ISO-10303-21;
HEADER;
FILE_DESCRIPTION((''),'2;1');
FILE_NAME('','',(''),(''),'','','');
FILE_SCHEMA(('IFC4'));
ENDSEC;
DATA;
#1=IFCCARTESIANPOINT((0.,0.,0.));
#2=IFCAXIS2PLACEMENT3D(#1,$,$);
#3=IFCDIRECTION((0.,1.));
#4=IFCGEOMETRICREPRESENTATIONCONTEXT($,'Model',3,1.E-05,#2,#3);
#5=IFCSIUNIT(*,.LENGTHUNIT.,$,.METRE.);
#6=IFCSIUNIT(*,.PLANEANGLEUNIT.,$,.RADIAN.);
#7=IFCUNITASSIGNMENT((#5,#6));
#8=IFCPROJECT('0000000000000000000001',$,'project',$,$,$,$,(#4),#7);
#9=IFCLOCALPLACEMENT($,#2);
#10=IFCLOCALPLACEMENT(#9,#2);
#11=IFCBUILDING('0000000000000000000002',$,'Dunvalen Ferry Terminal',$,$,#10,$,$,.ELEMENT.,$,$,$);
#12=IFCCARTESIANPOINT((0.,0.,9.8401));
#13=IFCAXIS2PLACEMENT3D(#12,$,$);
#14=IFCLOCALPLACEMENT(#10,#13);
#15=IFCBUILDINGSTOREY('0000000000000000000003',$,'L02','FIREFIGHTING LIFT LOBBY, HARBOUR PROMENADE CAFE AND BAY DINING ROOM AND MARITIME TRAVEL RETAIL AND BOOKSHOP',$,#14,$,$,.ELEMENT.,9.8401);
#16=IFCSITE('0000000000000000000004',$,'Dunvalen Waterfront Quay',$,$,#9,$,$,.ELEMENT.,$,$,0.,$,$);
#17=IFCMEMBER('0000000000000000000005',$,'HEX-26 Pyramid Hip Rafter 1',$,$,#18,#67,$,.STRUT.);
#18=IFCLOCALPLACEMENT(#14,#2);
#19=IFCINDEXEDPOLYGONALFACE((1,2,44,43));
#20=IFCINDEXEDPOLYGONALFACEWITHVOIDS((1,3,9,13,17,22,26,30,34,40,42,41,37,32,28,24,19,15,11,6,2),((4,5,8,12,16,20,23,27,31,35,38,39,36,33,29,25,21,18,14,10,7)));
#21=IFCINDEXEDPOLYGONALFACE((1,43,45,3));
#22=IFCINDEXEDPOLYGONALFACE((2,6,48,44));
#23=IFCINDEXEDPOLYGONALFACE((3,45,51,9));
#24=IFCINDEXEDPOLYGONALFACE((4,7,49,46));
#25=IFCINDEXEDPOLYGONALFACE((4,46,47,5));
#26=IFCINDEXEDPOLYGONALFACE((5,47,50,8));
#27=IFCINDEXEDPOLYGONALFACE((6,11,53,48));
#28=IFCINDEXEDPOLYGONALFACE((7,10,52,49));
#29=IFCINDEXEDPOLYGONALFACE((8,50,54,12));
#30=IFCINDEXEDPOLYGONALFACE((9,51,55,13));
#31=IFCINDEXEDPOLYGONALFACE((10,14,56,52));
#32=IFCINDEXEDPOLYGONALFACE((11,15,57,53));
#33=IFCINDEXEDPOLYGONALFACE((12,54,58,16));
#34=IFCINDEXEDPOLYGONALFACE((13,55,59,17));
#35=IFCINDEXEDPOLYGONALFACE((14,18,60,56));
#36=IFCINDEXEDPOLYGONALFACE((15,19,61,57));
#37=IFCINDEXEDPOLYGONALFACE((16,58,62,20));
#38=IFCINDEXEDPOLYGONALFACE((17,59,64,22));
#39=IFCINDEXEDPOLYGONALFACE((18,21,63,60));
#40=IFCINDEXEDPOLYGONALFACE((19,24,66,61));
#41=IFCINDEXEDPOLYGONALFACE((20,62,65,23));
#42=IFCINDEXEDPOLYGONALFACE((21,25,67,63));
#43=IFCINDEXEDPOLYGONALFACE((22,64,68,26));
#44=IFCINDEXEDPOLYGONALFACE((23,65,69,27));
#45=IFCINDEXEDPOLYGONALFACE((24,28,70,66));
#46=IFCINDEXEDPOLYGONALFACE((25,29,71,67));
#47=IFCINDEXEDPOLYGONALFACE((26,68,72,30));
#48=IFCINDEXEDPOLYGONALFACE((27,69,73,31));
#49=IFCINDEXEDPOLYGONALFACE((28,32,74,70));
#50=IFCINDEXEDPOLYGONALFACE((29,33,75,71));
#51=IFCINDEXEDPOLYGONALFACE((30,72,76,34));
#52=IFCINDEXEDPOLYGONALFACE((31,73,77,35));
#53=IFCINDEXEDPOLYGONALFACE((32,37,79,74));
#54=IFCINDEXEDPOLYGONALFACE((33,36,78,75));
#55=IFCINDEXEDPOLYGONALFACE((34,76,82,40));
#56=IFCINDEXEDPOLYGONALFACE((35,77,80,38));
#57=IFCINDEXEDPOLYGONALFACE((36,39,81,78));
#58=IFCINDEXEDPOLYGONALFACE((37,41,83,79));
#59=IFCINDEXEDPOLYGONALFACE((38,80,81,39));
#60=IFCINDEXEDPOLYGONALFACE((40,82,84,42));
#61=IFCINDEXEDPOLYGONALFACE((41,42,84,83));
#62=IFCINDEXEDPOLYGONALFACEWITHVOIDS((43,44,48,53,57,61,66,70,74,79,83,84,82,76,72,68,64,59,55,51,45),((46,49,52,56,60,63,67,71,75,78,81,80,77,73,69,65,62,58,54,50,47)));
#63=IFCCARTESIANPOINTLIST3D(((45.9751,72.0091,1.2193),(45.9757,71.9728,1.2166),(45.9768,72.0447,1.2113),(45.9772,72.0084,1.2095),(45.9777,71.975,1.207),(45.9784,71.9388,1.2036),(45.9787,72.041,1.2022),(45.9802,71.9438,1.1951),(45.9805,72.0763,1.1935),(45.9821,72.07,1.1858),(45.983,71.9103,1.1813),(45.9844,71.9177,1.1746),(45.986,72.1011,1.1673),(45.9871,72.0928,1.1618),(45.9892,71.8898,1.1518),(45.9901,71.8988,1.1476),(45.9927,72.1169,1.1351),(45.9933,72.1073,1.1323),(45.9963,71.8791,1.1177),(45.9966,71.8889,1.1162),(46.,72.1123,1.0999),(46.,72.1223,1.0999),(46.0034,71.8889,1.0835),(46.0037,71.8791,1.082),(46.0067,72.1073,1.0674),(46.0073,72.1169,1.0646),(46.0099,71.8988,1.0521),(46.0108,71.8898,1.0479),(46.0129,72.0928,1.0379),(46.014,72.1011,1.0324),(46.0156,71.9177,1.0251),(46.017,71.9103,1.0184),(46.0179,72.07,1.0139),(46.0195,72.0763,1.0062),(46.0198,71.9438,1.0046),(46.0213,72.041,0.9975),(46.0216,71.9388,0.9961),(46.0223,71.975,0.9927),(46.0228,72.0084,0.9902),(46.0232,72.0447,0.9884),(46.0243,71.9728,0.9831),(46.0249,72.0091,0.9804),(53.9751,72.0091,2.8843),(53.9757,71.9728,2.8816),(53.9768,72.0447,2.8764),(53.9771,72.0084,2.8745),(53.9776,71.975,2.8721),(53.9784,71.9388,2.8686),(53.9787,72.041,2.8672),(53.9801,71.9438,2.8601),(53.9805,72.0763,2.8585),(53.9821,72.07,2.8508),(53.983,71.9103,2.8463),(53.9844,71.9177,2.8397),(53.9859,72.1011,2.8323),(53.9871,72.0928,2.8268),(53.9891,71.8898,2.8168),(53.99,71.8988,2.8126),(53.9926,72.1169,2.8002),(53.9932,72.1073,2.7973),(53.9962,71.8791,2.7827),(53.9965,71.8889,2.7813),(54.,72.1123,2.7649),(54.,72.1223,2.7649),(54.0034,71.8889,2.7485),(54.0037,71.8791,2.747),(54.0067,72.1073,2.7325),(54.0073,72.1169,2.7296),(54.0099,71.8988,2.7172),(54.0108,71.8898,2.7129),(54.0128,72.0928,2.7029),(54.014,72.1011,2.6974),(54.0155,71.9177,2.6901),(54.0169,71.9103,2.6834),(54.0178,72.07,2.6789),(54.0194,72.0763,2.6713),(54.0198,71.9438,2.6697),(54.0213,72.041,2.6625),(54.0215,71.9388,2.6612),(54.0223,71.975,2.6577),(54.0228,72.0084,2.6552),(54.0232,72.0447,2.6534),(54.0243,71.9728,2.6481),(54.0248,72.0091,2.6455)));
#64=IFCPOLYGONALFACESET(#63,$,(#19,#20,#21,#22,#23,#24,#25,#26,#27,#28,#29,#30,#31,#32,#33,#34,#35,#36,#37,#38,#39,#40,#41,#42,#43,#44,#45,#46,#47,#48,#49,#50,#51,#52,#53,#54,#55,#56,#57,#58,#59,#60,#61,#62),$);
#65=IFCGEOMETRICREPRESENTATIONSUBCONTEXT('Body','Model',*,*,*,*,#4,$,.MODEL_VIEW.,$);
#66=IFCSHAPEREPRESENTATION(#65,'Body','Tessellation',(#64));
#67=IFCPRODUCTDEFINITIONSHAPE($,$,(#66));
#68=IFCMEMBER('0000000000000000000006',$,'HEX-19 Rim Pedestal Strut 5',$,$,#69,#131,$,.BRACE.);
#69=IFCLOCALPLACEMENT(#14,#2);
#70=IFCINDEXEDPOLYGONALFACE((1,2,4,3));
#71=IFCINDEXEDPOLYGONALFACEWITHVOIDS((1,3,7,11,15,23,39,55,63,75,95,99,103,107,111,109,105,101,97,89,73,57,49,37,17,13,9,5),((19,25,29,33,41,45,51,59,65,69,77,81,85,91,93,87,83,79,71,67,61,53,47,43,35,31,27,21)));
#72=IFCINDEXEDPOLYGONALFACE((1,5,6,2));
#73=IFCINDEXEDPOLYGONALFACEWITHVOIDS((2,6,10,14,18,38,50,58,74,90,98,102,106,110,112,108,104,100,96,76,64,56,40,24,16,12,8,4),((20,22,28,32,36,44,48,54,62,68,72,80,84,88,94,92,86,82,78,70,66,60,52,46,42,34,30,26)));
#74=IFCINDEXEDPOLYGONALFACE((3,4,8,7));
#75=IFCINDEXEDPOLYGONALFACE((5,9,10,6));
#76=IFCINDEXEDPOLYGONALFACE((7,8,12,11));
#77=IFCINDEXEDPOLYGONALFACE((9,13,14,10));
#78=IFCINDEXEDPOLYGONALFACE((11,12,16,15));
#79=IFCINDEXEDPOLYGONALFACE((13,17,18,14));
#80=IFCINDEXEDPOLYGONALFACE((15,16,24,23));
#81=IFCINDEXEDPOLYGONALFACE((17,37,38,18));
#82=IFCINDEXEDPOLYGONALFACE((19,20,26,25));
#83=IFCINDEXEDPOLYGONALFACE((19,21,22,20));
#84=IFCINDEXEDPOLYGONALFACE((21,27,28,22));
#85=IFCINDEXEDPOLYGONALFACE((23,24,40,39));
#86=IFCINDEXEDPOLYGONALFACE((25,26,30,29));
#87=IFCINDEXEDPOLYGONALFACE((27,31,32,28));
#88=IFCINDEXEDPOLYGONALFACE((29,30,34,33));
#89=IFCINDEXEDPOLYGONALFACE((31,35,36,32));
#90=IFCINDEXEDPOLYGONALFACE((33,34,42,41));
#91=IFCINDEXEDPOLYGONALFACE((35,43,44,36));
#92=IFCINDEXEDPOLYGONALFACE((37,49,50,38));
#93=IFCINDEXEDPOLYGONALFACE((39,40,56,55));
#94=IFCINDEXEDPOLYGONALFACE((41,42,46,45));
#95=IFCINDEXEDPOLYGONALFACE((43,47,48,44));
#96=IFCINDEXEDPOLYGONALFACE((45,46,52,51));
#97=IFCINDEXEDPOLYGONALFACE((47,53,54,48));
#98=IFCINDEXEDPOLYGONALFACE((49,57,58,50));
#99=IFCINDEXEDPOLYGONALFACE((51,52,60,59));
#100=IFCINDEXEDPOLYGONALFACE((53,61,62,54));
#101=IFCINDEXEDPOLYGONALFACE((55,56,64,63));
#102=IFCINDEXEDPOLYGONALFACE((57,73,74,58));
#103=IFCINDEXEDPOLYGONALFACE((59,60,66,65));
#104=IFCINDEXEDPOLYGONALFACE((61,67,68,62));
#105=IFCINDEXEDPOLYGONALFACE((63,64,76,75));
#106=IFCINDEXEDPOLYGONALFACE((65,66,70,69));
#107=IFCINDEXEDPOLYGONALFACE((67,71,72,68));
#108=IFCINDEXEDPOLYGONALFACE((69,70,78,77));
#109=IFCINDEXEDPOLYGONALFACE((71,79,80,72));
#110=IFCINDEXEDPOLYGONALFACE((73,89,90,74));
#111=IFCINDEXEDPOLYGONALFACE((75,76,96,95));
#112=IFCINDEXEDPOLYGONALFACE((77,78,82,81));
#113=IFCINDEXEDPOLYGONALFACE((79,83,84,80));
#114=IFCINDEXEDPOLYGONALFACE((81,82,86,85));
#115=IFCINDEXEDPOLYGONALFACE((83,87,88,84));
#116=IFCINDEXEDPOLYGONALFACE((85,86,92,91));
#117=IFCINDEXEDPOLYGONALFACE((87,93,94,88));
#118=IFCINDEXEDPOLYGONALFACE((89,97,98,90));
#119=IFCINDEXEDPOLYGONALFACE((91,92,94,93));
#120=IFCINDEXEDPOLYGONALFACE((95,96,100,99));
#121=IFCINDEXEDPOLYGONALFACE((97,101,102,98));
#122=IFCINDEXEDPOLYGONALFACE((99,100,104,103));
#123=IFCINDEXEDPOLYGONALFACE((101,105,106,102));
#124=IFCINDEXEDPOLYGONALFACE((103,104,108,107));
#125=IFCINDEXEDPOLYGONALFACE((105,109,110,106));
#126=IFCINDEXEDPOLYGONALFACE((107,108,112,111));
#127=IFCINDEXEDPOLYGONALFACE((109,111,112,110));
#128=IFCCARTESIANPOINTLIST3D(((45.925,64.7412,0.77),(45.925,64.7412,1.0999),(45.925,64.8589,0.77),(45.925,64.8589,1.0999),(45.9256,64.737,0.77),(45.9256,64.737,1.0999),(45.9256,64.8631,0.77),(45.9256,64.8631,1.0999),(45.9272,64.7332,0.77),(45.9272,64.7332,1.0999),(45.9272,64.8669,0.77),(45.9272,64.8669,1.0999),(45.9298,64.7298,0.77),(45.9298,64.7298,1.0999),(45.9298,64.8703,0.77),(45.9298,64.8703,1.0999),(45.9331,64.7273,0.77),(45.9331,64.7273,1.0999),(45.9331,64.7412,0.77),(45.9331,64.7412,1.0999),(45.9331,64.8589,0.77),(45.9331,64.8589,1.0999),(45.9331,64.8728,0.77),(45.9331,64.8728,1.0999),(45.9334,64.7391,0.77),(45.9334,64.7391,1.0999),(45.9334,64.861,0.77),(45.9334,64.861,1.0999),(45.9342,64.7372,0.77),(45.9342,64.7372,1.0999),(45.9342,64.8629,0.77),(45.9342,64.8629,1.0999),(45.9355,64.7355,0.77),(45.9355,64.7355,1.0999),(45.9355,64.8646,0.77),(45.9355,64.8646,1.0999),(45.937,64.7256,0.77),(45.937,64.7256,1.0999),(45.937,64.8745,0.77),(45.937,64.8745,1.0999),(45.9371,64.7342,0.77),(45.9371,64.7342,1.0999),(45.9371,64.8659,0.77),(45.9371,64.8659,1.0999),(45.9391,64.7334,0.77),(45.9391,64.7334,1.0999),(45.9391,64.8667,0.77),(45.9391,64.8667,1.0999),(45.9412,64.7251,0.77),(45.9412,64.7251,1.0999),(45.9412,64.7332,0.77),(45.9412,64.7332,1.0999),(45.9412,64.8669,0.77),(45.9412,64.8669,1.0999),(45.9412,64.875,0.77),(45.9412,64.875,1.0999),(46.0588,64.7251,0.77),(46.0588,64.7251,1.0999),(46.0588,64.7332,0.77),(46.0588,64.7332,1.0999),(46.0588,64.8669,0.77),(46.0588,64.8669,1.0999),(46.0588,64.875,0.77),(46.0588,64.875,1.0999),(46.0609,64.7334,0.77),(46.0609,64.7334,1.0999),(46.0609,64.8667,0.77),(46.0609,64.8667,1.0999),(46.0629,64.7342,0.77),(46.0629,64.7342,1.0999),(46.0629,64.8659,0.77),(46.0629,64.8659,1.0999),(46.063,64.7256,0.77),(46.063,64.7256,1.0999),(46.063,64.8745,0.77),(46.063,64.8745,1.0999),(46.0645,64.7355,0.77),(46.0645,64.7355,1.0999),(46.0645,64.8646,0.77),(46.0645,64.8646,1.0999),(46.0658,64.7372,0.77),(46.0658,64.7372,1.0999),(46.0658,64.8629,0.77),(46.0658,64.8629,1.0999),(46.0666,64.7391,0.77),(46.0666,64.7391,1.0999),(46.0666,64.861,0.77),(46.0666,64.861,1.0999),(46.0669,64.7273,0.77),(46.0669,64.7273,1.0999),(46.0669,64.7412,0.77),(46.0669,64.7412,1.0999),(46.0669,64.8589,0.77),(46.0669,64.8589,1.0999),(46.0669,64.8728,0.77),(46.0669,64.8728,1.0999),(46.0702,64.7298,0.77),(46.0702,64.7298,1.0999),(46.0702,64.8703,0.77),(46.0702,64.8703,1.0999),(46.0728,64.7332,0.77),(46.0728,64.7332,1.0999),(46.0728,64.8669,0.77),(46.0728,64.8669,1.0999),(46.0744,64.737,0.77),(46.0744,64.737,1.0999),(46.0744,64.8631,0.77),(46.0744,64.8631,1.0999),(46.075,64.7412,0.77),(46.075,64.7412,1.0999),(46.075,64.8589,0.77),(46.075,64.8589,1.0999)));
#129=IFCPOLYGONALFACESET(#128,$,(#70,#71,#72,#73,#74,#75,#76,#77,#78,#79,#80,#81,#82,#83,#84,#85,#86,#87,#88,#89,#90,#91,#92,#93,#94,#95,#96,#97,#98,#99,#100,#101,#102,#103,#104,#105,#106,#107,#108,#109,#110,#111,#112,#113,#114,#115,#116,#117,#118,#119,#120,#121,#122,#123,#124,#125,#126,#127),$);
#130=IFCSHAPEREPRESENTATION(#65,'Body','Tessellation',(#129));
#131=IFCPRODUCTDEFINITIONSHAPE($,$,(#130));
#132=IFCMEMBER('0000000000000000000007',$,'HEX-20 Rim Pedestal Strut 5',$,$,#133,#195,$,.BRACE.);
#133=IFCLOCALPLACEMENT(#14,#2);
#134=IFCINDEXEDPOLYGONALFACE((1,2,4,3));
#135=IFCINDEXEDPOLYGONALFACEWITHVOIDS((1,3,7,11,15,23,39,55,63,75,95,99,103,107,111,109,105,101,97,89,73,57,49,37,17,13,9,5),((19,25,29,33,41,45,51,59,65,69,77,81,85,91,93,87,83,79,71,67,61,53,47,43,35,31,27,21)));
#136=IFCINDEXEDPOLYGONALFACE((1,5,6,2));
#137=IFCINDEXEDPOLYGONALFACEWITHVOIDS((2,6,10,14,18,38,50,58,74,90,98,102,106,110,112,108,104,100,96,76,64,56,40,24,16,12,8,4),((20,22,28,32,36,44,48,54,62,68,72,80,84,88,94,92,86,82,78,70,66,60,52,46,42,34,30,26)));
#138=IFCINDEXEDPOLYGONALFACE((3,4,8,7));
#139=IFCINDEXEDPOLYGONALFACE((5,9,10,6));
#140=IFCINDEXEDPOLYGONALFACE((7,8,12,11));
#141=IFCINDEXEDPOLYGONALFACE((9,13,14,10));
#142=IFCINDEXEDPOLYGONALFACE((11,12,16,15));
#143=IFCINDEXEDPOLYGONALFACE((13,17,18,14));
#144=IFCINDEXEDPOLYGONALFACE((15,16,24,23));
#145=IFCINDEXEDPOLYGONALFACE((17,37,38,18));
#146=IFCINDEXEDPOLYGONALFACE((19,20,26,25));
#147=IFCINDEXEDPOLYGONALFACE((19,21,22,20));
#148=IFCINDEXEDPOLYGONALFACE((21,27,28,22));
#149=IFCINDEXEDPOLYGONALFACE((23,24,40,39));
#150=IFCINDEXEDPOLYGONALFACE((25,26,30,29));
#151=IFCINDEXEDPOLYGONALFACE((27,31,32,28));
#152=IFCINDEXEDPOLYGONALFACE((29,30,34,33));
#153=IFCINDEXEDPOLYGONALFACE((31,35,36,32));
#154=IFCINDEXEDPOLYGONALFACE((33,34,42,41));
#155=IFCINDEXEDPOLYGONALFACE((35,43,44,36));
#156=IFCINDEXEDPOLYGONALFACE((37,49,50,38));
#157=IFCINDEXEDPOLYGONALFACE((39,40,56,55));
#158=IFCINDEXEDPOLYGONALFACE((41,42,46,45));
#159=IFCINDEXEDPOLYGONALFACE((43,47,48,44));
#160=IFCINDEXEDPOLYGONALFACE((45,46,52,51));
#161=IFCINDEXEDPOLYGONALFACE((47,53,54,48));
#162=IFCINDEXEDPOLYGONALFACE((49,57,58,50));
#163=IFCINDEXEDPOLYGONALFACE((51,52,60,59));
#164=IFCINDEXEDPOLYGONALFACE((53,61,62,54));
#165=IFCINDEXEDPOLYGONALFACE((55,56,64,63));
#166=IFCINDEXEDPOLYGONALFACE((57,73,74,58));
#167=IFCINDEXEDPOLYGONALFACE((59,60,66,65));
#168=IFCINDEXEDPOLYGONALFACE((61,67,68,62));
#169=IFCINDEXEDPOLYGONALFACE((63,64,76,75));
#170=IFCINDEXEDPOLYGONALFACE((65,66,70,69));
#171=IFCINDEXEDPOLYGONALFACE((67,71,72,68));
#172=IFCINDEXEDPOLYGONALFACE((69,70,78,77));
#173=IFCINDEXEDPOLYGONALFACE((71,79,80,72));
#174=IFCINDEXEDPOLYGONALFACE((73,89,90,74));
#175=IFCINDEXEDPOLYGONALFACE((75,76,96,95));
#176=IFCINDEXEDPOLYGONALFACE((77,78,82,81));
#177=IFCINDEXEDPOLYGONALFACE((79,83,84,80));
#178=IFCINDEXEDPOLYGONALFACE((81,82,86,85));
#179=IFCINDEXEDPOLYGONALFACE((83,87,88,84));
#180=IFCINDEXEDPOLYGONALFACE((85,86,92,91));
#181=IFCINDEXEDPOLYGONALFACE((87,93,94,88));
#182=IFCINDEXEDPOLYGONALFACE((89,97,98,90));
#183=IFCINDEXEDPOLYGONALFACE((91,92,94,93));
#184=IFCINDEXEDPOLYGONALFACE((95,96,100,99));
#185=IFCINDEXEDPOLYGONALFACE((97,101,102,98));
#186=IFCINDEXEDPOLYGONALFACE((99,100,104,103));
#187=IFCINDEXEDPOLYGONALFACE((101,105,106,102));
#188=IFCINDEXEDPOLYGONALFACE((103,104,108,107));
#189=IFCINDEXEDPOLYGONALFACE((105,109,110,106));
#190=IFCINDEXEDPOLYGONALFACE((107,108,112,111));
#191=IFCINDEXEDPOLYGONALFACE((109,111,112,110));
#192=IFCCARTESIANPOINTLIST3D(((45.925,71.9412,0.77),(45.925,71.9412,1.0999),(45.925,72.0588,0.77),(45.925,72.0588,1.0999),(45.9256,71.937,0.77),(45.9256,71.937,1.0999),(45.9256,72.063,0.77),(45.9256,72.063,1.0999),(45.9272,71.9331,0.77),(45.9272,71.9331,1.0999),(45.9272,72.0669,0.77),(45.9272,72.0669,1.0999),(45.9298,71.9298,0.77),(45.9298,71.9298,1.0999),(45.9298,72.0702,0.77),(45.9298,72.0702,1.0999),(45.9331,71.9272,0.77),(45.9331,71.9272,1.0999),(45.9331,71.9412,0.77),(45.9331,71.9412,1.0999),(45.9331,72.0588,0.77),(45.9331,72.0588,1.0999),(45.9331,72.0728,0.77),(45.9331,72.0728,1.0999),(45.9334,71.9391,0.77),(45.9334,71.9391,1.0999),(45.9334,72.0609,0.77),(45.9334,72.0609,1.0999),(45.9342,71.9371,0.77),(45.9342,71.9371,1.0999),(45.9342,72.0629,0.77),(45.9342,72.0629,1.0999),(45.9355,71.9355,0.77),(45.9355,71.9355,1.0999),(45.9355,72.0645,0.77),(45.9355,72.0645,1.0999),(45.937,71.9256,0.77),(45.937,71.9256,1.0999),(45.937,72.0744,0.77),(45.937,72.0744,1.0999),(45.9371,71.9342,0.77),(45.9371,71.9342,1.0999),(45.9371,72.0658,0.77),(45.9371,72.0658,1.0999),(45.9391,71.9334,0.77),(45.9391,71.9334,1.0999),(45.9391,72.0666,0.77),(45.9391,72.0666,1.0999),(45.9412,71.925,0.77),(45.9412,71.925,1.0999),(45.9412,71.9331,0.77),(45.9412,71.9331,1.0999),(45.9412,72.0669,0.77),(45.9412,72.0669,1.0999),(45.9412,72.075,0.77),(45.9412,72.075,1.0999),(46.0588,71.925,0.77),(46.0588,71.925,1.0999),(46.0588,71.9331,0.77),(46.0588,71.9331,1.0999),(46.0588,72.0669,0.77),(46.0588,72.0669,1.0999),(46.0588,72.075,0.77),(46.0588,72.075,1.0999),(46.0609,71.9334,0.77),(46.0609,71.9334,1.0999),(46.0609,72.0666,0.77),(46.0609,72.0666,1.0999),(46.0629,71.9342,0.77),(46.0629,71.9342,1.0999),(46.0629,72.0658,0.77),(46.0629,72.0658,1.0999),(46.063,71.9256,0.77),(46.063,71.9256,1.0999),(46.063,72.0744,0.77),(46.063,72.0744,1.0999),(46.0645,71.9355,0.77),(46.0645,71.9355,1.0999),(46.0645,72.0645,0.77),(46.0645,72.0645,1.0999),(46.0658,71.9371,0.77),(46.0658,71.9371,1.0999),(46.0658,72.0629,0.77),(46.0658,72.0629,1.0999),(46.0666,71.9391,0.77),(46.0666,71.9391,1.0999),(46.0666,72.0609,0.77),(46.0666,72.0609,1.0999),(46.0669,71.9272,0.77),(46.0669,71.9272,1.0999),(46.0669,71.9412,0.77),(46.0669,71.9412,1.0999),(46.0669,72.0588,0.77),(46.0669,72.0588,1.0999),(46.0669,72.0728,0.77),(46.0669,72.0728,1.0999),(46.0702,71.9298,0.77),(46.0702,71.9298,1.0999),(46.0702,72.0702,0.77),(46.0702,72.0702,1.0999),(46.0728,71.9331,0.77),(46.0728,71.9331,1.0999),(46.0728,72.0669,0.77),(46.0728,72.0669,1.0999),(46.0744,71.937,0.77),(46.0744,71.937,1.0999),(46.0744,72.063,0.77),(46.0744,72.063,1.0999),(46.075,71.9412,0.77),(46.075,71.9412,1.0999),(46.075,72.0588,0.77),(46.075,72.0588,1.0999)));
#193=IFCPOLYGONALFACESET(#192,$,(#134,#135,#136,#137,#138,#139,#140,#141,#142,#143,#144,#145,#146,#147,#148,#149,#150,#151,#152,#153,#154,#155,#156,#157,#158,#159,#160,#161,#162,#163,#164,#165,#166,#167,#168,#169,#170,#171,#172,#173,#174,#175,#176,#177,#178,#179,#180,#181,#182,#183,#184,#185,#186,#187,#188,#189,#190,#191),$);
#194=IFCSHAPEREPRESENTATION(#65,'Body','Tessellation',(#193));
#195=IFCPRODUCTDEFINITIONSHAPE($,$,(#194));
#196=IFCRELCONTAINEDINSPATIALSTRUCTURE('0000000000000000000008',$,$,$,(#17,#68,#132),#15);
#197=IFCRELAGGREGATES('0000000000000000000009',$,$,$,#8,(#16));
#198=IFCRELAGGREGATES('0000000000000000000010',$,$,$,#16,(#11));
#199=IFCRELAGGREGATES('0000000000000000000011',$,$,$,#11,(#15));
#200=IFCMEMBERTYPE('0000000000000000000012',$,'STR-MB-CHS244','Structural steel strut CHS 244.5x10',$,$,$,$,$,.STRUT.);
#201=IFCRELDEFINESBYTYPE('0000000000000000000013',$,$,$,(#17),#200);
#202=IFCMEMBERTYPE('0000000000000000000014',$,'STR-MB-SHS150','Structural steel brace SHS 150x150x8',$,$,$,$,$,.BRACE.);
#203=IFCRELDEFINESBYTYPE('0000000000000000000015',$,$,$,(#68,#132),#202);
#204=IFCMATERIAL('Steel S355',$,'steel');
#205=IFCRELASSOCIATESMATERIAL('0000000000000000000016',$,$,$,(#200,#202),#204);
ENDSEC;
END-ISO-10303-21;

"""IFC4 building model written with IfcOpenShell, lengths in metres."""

from ifc_helpers import new_model, si_unit, direction, frame, origin, origin_2d, place, context, subcontext, project, spatial, hollow_rectangle, hollow_circle, extrude, material, material_profile, profile_set, type_object, element, save


model = new_model("IFC4")

# Units and contexts
model_context = context("Model", 3, precision=1e-05, world=origin(), true_north=direction((0.0, 1.0)))
body_context = subcontext(model_context, "Body", "Model", "MODEL_VIEW")
ifc_project = project(units=[si_unit("LENGTHUNIT", "METRE"), si_unit("PLANEANGLEUNIT", "RADIAN")], contexts=[model_context])

# Site, building, storey
site_placement = place(None, origin())
site = spatial("IfcSite", under=ifc_project, at=site_placement, Name="Dunvalen Waterfront Quay", CompositionType="ELEMENT", RefElevation=0.0)
building_placement = place(site_placement, origin())
building = spatial("IfcBuilding", under=site, at=building_placement, Name="Dunvalen Ferry Terminal", CompositionType="ELEMENT")
storey_placement = place(building_placement, frame((0.0, 0.0, 9.8401)))
storey = spatial("IfcBuildingStorey", under=building, at=storey_placement, Name="L02", Description="FIREFIGHTING LIFT LOBBY, HARBOUR PROMENADE CAFE AND BAY DINING ROOM AND MARITIME TRAVEL RETAIL AND BOOKSHOP", CompositionType="ELEMENT", Elevation=9.8401)

# Shared definitions
ifc_material_1 = material(Name="Steel S355", Category="steel")

# Members
ifc_material_profile_1 = material_profile(ifc_material_1, hollow_circle(Radius=0.1223, WallThickness=0.01, at=origin_2d()), Name="Steel S355")
ifc_profile_set_1 = profile_set([ifc_material_profile_1], Name="Steel S355")
member_type_1 = type_object("IfcMemberType", Name="STR-MB-CHS244", Description="Structural steel strut CHS 244.5x10", PredefinedType="STRUT", material=ifc_profile_set_1)
member_1_placement = place(storey_placement, frame((46.0, 72.0, 1.0999), z_axis=(0.97902, 0.0, 0.203763), x_axis=(0.0, 1.0, 0.0)))
element("IfcMember", 1, at=member_1_placement, inside=storey, type_object=member_type_1, Name="HEX-26 Pyramid Hip Rafter 1", PredefinedType="STRUT", context=body_context, shape_type="SweptSolid", body=[
    extrude(hollow_circle(Radius=0.1223, WallThickness=0.01, at=origin_2d()), origin(), (0.0, 0.0, 1.0), 8.1714),
])
ifc_material_profile_2 = material_profile(ifc_material_1, hollow_rectangle(XDim=0.1499, YDim=0.1499, WallThickness=0.0081, InnerFilletRadius=0.0081, OuterFilletRadius=0.0161, at=origin_2d()), Name="Steel S355")
ifc_profile_set_2 = profile_set([ifc_material_profile_2], Name="Steel S355")
member_type_2 = type_object("IfcMemberType", Name="STR-MB-SHS150", Description="Structural steel brace SHS 150x150x8", PredefinedType="BRACE", material=ifc_profile_set_2)
for number, where, z_axis, x_axis, name in (
    (2, (46.0, 64.8, 0.77), (0.0, 0.0, 1.0), (1.0, 0.0, 0.0), "HEX-19 Rim Pedestal Strut 5"),
    (3, (46.0, 72.0, 0.77), (0.0, 0.0, 1.0), (1.0, 0.0, 0.0), "HEX-20 Rim Pedestal Strut 5"),
):
    element("IfcMember", number, at=place(storey_placement, frame(where, z_axis=z_axis, x_axis=x_axis)), inside=storey, type_object=member_type_2, Name=name, PredefinedType="BRACE", context=body_context, shape_type="SweptSolid", body=[
        extrude(hollow_rectangle(XDim=0.1499, YDim=0.1499, WallThickness=0.0081, InnerFilletRadius=0.0081, OuterFilletRadius=0.0161, at=origin_2d()), origin(), (0.0, 0.0, 1.0), 0.3298),
    ])

save(model, "model.ifc")
